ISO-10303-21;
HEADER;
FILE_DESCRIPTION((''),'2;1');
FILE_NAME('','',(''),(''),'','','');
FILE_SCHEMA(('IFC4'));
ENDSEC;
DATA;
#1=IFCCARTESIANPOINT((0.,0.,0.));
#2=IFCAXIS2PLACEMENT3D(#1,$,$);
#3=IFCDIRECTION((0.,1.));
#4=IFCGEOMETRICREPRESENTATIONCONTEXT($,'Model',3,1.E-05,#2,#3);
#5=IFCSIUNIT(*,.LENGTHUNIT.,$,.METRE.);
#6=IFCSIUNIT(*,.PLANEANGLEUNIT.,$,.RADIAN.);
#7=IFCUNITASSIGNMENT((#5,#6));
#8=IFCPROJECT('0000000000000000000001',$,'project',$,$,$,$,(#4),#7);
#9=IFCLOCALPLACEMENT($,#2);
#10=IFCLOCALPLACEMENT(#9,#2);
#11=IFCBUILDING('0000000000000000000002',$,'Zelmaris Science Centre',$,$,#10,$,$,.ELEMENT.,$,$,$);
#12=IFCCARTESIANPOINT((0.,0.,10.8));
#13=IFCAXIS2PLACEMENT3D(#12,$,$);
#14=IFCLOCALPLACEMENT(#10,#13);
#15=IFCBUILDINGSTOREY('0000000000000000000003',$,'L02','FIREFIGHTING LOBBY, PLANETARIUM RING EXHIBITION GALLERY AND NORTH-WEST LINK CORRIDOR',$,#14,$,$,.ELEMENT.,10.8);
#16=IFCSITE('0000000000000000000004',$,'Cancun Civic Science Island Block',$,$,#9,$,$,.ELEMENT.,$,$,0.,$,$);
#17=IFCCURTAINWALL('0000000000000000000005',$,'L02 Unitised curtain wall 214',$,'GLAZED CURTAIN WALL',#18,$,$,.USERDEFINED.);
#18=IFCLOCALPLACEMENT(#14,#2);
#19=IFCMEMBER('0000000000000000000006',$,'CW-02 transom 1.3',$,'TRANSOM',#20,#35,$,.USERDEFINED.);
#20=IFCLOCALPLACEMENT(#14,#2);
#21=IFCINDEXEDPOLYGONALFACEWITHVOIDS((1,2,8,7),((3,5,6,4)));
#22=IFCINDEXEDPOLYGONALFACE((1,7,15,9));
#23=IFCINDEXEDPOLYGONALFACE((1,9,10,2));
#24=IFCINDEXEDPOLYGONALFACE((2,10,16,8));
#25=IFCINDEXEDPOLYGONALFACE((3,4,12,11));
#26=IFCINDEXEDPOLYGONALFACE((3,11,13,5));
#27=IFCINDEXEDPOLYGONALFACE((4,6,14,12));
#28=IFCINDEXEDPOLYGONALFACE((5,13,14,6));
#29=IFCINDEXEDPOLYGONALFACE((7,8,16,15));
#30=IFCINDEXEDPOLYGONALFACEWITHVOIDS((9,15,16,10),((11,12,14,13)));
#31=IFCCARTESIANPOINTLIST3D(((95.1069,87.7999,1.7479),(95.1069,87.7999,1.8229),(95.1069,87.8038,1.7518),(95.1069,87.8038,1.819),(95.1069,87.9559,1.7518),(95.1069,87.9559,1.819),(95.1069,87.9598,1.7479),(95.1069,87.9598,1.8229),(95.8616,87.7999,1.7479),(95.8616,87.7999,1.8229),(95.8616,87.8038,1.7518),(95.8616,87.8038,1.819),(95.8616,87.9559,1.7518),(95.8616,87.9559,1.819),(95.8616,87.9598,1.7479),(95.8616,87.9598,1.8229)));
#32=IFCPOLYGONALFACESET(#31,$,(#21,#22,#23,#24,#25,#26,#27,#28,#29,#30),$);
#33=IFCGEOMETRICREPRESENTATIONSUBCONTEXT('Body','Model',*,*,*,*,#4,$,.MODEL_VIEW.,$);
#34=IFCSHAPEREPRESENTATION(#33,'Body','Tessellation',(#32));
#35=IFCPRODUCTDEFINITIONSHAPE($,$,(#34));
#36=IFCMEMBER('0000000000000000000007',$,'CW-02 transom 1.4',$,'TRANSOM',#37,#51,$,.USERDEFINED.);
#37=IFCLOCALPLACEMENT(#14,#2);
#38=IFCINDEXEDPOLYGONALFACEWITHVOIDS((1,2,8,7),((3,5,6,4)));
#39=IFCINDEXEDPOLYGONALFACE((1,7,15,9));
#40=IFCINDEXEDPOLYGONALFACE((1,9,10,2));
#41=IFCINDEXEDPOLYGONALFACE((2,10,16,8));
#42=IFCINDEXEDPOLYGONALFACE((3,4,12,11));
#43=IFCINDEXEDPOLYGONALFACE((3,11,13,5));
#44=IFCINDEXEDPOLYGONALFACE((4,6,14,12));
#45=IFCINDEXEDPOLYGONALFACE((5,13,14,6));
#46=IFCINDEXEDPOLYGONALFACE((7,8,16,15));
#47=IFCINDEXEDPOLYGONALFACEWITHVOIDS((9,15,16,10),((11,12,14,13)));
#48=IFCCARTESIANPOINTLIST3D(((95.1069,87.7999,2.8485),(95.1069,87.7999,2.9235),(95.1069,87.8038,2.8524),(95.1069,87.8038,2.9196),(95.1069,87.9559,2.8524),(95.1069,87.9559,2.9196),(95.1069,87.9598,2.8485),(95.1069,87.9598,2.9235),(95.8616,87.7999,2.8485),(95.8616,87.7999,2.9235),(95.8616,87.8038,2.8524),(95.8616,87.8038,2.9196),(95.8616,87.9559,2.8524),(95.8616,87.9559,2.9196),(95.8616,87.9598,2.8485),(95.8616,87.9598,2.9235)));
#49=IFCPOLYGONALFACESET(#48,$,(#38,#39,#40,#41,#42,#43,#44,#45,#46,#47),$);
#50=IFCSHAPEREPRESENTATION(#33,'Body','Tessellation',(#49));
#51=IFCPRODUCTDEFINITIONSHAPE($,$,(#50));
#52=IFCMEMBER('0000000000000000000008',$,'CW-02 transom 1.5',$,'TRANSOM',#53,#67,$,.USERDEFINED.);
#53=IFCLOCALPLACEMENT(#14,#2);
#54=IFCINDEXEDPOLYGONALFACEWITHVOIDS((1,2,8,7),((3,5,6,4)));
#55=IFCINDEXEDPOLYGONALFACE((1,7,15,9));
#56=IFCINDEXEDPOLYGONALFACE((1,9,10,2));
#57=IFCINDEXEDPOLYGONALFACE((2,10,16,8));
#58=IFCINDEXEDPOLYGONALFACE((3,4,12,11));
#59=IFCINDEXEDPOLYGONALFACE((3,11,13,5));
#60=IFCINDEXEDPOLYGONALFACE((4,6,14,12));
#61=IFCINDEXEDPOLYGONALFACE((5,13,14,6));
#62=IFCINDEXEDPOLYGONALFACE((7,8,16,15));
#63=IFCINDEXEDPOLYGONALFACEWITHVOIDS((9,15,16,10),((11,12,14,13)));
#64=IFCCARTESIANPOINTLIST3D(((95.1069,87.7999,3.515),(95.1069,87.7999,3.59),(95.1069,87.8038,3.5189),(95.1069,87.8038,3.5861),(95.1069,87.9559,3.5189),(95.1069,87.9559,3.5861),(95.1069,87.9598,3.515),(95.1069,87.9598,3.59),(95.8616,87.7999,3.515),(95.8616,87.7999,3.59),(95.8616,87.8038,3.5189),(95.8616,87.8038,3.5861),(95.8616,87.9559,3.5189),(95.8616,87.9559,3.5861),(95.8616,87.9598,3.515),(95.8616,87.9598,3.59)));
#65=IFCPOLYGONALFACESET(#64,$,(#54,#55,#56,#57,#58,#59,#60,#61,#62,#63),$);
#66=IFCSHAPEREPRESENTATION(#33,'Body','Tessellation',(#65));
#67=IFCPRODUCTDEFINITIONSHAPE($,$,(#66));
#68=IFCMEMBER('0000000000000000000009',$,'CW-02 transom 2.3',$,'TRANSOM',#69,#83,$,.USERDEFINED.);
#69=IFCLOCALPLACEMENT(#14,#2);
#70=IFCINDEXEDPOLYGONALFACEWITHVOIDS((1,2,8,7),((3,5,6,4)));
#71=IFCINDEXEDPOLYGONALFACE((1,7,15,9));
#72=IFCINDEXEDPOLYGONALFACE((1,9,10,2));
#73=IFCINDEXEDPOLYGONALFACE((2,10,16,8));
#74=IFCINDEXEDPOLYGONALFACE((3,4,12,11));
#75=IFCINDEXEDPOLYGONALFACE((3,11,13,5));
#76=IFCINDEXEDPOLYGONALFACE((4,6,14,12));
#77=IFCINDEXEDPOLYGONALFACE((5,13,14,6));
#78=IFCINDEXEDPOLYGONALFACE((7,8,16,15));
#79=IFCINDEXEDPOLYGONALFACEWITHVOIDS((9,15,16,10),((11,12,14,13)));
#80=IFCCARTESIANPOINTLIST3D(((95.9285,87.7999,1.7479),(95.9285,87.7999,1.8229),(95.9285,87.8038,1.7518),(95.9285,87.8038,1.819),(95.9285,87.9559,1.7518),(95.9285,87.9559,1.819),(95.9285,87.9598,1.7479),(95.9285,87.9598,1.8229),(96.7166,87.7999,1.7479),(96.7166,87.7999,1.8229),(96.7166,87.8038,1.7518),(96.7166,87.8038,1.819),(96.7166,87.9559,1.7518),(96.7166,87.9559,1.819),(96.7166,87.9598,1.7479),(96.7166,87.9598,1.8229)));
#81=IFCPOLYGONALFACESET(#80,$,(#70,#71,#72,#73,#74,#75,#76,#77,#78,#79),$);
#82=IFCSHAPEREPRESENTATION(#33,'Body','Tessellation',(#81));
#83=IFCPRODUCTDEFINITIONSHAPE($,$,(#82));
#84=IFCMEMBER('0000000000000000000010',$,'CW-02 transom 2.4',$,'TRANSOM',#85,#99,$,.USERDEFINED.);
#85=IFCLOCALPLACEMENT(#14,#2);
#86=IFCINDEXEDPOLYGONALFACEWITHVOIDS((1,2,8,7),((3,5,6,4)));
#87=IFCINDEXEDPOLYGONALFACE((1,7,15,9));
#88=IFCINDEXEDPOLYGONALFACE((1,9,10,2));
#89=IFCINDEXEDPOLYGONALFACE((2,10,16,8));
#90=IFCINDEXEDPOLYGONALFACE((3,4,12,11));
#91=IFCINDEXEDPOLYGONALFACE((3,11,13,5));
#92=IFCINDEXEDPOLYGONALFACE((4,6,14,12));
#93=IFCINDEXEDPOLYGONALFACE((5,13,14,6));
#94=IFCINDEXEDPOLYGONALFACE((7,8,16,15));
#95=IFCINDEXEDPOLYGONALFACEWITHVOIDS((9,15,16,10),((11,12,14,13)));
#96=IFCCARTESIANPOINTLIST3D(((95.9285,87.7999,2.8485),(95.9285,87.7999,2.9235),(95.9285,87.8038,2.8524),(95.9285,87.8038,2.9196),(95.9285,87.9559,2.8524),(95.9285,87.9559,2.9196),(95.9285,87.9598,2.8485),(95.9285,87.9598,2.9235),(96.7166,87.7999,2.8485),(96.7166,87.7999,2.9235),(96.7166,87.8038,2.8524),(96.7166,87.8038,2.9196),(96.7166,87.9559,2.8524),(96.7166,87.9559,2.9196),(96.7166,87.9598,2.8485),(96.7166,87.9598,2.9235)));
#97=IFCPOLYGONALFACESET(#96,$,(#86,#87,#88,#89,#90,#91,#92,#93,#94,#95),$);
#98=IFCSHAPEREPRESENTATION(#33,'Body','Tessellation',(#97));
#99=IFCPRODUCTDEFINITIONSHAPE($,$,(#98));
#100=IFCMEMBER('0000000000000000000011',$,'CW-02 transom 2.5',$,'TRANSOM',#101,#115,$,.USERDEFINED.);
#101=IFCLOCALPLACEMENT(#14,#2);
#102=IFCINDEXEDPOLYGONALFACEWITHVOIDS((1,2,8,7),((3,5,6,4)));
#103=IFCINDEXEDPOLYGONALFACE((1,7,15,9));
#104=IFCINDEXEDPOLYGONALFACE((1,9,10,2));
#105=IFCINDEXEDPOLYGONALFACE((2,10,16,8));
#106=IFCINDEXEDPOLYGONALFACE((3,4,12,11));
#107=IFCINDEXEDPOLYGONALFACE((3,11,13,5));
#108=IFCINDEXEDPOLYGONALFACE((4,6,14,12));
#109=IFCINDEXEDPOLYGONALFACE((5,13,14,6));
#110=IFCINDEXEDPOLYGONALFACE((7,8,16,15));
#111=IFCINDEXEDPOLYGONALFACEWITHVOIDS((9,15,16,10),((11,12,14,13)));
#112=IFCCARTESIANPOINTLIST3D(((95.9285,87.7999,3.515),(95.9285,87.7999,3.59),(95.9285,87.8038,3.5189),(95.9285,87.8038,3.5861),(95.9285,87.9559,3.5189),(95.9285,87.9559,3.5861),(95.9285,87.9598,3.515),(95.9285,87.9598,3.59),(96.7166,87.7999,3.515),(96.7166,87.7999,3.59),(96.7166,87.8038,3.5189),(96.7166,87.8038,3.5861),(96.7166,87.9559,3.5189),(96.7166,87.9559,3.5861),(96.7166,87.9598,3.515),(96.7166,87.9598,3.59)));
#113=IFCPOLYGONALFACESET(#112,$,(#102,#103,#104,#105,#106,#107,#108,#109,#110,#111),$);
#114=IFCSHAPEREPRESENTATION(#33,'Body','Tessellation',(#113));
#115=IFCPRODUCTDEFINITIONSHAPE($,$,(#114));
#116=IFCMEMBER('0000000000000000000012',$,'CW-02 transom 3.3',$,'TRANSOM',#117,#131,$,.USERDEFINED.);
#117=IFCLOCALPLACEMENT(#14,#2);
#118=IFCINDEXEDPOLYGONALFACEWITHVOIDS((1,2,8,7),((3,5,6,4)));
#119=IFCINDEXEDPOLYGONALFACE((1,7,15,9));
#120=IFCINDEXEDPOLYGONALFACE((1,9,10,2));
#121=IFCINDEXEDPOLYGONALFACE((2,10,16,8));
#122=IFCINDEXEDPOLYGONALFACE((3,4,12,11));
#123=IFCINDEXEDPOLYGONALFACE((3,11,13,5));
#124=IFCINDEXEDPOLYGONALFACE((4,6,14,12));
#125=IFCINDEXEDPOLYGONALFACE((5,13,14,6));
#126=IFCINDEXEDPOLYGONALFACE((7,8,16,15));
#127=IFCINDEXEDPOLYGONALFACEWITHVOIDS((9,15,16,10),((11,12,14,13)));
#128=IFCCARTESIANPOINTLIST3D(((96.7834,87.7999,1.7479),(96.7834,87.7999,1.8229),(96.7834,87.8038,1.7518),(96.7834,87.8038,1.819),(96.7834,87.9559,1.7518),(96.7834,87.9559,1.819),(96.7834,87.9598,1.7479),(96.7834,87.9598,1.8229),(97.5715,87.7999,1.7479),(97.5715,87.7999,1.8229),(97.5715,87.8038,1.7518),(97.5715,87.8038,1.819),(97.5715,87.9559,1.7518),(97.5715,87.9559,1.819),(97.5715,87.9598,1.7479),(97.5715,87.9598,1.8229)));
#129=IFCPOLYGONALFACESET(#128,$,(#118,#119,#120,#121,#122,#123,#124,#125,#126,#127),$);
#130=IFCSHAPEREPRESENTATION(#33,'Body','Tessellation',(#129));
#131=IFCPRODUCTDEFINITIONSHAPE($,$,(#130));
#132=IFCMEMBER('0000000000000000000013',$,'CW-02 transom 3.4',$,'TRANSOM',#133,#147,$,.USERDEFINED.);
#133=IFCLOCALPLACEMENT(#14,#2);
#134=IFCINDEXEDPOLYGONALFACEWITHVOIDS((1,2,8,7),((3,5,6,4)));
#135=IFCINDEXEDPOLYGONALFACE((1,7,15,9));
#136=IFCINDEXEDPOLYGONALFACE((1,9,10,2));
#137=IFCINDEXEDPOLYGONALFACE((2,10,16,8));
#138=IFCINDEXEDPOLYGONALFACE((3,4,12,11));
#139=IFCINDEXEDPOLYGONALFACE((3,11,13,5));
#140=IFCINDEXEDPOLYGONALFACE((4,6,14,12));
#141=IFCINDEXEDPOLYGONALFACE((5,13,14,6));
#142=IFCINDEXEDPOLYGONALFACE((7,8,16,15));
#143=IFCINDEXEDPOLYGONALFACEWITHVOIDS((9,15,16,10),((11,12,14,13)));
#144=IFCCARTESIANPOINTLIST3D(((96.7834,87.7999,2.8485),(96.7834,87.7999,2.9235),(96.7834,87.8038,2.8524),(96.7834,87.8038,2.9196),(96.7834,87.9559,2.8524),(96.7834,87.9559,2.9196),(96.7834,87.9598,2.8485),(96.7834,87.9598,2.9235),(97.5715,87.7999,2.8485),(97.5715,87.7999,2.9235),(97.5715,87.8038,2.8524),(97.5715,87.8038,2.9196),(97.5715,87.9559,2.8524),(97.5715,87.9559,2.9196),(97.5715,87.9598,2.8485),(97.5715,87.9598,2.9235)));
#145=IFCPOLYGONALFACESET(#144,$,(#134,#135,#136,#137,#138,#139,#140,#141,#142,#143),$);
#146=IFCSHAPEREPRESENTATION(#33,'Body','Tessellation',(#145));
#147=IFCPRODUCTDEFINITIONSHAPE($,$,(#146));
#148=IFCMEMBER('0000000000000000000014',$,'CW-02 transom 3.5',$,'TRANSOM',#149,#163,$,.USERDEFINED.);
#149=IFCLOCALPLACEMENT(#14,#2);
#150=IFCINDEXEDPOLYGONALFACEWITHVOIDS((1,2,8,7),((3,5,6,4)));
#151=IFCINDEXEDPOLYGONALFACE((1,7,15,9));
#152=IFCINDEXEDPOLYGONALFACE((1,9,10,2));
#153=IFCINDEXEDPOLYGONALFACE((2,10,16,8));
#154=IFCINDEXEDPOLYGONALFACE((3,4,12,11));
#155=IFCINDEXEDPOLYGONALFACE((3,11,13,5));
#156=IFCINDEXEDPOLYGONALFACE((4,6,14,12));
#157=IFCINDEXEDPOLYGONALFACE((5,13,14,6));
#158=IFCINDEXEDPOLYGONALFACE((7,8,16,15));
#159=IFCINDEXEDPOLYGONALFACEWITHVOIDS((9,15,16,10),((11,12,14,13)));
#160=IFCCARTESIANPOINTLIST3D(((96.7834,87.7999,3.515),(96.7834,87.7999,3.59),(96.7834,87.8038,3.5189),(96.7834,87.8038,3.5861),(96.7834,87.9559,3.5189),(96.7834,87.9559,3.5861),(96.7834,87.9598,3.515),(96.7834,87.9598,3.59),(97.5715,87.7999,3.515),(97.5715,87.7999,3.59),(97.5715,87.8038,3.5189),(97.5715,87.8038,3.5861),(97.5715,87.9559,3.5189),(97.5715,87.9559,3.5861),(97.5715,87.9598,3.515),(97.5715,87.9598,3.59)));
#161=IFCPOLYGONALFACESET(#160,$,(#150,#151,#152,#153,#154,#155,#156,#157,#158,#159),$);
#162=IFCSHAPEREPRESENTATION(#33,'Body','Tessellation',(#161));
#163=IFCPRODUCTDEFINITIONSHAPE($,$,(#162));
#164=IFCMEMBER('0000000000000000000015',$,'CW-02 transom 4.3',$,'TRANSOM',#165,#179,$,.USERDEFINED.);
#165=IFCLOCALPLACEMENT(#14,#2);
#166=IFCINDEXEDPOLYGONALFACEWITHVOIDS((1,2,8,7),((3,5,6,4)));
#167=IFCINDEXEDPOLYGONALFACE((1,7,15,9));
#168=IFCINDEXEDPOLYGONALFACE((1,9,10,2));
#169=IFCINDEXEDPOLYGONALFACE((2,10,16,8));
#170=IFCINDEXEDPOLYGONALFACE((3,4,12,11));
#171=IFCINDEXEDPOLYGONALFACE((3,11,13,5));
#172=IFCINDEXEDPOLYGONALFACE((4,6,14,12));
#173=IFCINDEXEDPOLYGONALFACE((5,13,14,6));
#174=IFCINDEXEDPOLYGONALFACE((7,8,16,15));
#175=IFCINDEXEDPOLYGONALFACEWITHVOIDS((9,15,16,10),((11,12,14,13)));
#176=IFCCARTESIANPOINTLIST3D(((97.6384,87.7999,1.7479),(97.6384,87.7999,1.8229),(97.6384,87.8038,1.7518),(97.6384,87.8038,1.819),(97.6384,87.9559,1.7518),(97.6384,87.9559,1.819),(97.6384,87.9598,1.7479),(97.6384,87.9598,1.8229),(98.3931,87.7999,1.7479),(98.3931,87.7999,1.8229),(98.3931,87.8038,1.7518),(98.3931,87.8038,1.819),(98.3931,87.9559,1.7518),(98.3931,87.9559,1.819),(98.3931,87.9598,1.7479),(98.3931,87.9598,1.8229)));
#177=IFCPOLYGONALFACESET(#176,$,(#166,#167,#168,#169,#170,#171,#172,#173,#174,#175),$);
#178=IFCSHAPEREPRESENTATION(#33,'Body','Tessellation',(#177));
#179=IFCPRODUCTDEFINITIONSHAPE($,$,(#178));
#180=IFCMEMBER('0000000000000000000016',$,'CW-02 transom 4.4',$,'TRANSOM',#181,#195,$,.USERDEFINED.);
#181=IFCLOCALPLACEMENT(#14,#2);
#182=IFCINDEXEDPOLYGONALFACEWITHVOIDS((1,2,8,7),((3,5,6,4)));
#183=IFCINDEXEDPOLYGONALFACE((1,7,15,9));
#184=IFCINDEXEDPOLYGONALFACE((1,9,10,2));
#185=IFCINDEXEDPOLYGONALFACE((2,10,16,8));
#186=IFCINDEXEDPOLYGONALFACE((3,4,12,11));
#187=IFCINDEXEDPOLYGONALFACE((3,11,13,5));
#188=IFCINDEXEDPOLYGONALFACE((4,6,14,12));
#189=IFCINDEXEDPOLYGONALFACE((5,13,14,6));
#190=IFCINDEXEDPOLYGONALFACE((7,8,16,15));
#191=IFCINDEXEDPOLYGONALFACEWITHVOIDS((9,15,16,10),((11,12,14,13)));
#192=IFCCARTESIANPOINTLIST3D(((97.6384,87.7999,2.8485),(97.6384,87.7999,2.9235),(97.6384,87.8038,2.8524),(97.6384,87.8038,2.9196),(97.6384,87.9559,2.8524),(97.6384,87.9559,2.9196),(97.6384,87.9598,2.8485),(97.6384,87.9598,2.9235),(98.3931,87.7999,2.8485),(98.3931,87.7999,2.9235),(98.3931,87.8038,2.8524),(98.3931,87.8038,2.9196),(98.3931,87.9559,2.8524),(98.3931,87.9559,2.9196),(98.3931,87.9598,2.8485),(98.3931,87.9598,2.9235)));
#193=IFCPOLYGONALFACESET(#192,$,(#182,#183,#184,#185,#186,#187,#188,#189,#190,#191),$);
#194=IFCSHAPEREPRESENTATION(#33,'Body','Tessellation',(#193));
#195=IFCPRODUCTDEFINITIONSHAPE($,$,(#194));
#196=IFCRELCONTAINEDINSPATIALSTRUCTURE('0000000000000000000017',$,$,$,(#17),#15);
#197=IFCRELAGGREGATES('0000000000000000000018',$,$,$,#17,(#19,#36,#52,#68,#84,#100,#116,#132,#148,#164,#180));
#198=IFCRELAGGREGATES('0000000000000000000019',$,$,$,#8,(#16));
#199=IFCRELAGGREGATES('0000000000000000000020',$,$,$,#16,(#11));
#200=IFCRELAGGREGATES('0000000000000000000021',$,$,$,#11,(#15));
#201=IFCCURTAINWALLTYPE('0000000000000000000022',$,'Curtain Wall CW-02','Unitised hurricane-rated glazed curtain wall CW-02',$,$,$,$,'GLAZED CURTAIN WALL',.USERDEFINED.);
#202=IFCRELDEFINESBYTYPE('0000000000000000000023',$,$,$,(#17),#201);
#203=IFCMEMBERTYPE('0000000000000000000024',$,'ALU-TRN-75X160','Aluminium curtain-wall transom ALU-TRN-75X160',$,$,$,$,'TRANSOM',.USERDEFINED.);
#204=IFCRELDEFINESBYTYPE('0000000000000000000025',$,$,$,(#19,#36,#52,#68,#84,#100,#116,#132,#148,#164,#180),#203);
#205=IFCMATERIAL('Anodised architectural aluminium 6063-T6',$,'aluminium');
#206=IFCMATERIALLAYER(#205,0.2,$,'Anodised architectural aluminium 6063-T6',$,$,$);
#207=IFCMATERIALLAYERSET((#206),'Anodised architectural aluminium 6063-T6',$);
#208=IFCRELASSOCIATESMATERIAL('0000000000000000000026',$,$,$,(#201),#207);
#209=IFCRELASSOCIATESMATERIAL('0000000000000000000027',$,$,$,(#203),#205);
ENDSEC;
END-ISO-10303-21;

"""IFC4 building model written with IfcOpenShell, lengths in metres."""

from ifc_helpers import new_model, si_unit, direction, frame, origin, origin_2d, place, context, subcontext, project, spatial, hollow_rectangle, extrude, material, layer, layer_set, material_profile, profile_set, type_object, element, aggregate, save


model = new_model("IFC4")

# Units and contexts
model_context = context("Model", 3, precision=1e-05, world=origin(), true_north=direction((0.0, 1.0)))
body_context = subcontext(model_context, "Body", "Model", "MODEL_VIEW")
ifc_project = project(units=[si_unit("LENGTHUNIT", "METRE"), si_unit("PLANEANGLEUNIT", "RADIAN")], contexts=[model_context])

# Site, building, storey
site_placement = place(None, origin())
site = spatial("IfcSite", under=ifc_project, at=site_placement, Name="Cancun Civic Science Island Block", CompositionType="ELEMENT", RefElevation=0.0)
building_placement = place(site_placement, origin())
building = spatial("IfcBuilding", under=site, at=building_placement, Name="Zelmaris Science Centre", CompositionType="ELEMENT")
storey_placement = place(building_placement, frame((0.0, 0.0, 10.8)))
storey = spatial("IfcBuildingStorey", under=building, at=storey_placement, Name="L02", Description="FIREFIGHTING LOBBY, PLANETARIUM RING EXHIBITION GALLERY AND NORTH-WEST LINK CORRIDOR", CompositionType="ELEMENT", Elevation=10.8)

# Curtain wall, members
ifc_material_1 = material(Name="Anodised architectural aluminium 6063-T6", Category="aluminium")
ifc_layer_1 = layer(ifc_material_1, 0.2, Name="Anodised architectural aluminium 6063-T6")
ifc_layer_set_1 = layer_set([ifc_layer_1], Name="Anodised architectural aluminium 6063-T6")
curtain_wall_type = type_object("IfcCurtainWallType", Name="Curtain Wall CW-02", Description="Unitised hurricane-rated glazed curtain wall CW-02", ElementType="GLAZED CURTAIN WALL", PredefinedType="USERDEFINED", material=ifc_layer_set_1)
curtain_wall_placement = place(storey_placement, origin())
curtain_wall = element("IfcCurtainWall", 1, at=curtain_wall_placement, inside=storey, type_object=curtain_wall_type, Name="L02 Unitised curtain wall 214", ObjectType="GLAZED CURTAIN WALL", PredefinedType="USERDEFINED")
ifc_material_profile = material_profile(ifc_material_1, hollow_rectangle(XDim=0.075, YDim=0.1599, WallThickness=0.0039, at=origin_2d()), Name="ALU-TRN-75X160")
ifc_profile_set = profile_set([ifc_material_profile], Name="Anodised architectural aluminium 6063-T6")
member_type = type_object("IfcMemberType", Name="ALU-TRN-75X160", Description="Aluminium curtain-wall transom ALU-TRN-75X160", ElementType="TRANSOM", PredefinedType="USERDEFINED", material=ifc_profile_set)
member_1_placement = place(storey_placement, frame((95.1069, 87.8799, 1.7854), z_axis=(1.0, 0.0, 0.0), x_axis=(0.0, 0.0, 1.0)))
member_1 = element("IfcMember", 2, at=member_1_placement, type_object=member_type, Name="CW-02 transom 1.3", ObjectType="TRANSOM", PredefinedType="USERDEFINED", context=body_context, shape_type="SweptSolid", body=[
    extrude(hollow_rectangle(XDim=0.075, YDim=0.1599, WallThickness=0.0039, at=origin_2d()), origin(), (0.0, 0.0, 1.0), 0.7546),
])
member_2_placement = place(storey_placement, frame((95.1069, 87.8799, 2.886), z_axis=(1.0, 0.0, 0.0), x_axis=(0.0, 0.0, 1.0)))
member_2 = element("IfcMember", 3, at=member_2_placement, type_object=member_type, Name="CW-02 transom 1.4", ObjectType="TRANSOM", PredefinedType="USERDEFINED", context=body_context, shape_type="SweptSolid", body=[
    extrude(hollow_rectangle(XDim=0.075, YDim=0.1599, WallThickness=0.0039, at=origin_2d()), origin(), (0.0, 0.0, 1.0), 0.7546),
])
member_3_placement = place(storey_placement, frame((95.1069, 87.8799, 3.5525), z_axis=(1.0, 0.0, 0.0), x_axis=(0.0, 0.0, 1.0)))
member_3 = element("IfcMember", 4, at=member_3_placement, type_object=member_type, Name="CW-02 transom 1.5", ObjectType="TRANSOM", PredefinedType="USERDEFINED", context=body_context, shape_type="SweptSolid", body=[
    extrude(hollow_rectangle(XDim=0.075, YDim=0.1599, WallThickness=0.0039, at=origin_2d()), origin(), (0.0, 0.0, 1.0), 0.7546),
])
member_4_placement = place(storey_placement, frame((95.9285, 87.8799, 1.7854), z_axis=(1.0, 0.0, 0.0), x_axis=(0.0, 0.0, 1.0)))
member_4 = element("IfcMember", 5, at=member_4_placement, type_object=member_type, Name="CW-02 transom 2.3", ObjectType="TRANSOM", PredefinedType="USERDEFINED", context=body_context, shape_type="SweptSolid", body=[
    extrude(hollow_rectangle(XDim=0.075, YDim=0.1599, WallThickness=0.0039, at=origin_2d()), origin(), (0.0, 0.0, 1.0), 0.7881),
])
member_5_placement = place(storey_placement, frame((95.9285, 87.8799, 2.886), z_axis=(1.0, 0.0, 0.0), x_axis=(0.0, 0.0, 1.0)))
member_5 = element("IfcMember", 6, at=member_5_placement, type_object=member_type, Name="CW-02 transom 2.4", ObjectType="TRANSOM", PredefinedType="USERDEFINED", context=body_context, shape_type="SweptSolid", body=[
    extrude(hollow_rectangle(XDim=0.075, YDim=0.1599, WallThickness=0.0039, at=origin_2d()), origin(), (0.0, 0.0, 1.0), 0.7881),
])
member_6_placement = place(storey_placement, frame((95.9285, 87.8799, 3.5525), z_axis=(1.0, 0.0, 0.0), x_axis=(0.0, 0.0, 1.0)))
member_6 = element("IfcMember", 7, at=member_6_placement, type_object=member_type, Name="CW-02 transom 2.5", ObjectType="TRANSOM", PredefinedType="USERDEFINED", context=body_context, shape_type="SweptSolid", body=[
    extrude(hollow_rectangle(XDim=0.075, YDim=0.1599, WallThickness=0.0039, at=origin_2d()), origin(), (0.0, 0.0, 1.0), 0.7881),
])
member_7_placement = place(storey_placement, frame((96.7834, 87.8799, 1.7854), z_axis=(1.0, 0.0, 0.0), x_axis=(0.0, 0.0, 1.0)))
member_7 = element("IfcMember", 8, at=member_7_placement, type_object=member_type, Name="CW-02 transom 3.3", ObjectType="TRANSOM", PredefinedType="USERDEFINED", context=body_context, shape_type="SweptSolid", body=[
    extrude(hollow_rectangle(XDim=0.075, YDim=0.1599, WallThickness=0.0039, at=origin_2d()), origin(), (0.0, 0.0, 1.0), 0.7881),
])
member_8_placement = place(storey_placement, frame((96.7834, 87.8799, 2.886), z_axis=(1.0, 0.0, 0.0), x_axis=(0.0, 0.0, 1.0)))
member_8 = element("IfcMember", 9, at=member_8_placement, type_object=member_type, Name="CW-02 transom 3.4", ObjectType="TRANSOM", PredefinedType="USERDEFINED", context=body_context, shape_type="SweptSolid", body=[
    extrude(hollow_rectangle(XDim=0.075, YDim=0.1599, WallThickness=0.0039, at=origin_2d()), origin(), (0.0, 0.0, 1.0), 0.7881),
])
member_9_placement = place(storey_placement, frame((96.7834, 87.8799, 3.5525), z_axis=(1.0, 0.0, 0.0), x_axis=(0.0, 0.0, 1.0)))
member_9 = element("IfcMember", 10, at=member_9_placement, type_object=member_type, Name="CW-02 transom 3.5", ObjectType="TRANSOM", PredefinedType="USERDEFINED", context=body_context, shape_type="SweptSolid", body=[
    extrude(hollow_rectangle(XDim=0.075, YDim=0.1599, WallThickness=0.0039, at=origin_2d()), origin(), (0.0, 0.0, 1.0), 0.7881),
])
member_10_placement = place(storey_placement, frame((97.6384, 87.8799, 1.7854), z_axis=(1.0, 0.0, 0.0), x_axis=(0.0, 0.0, 1.0)))
member_10 = element("IfcMember", 11, at=member_10_placement, type_object=member_type, Name="CW-02 transom 4.3", ObjectType="TRANSOM", PredefinedType="USERDEFINED", context=body_context, shape_type="SweptSolid", body=[
    extrude(hollow_rectangle(XDim=0.075, YDim=0.1599, WallThickness=0.0039, at=origin_2d()), origin(), (0.0, 0.0, 1.0), 0.7546),
])
member_11_placement = place(storey_placement, frame((97.6384, 87.8799, 2.886), z_axis=(1.0, 0.0, 0.0), x_axis=(0.0, 0.0, 1.0)))
member_11 = element("IfcMember", 12, at=member_11_placement, type_object=member_type, Name="CW-02 transom 4.4", ObjectType="TRANSOM", PredefinedType="USERDEFINED", context=body_context, shape_type="SweptSolid", body=[
    extrude(hollow_rectangle(XDim=0.075, YDim=0.1599, WallThickness=0.0039, at=origin_2d()), origin(), (0.0, 0.0, 1.0), 0.7546),
])
aggregate(curtain_wall, [member_1, member_2, member_3, member_4, member_5, member_6, member_7, member_8, member_9, member_10, member_11])

save(model, "model.ifc")
